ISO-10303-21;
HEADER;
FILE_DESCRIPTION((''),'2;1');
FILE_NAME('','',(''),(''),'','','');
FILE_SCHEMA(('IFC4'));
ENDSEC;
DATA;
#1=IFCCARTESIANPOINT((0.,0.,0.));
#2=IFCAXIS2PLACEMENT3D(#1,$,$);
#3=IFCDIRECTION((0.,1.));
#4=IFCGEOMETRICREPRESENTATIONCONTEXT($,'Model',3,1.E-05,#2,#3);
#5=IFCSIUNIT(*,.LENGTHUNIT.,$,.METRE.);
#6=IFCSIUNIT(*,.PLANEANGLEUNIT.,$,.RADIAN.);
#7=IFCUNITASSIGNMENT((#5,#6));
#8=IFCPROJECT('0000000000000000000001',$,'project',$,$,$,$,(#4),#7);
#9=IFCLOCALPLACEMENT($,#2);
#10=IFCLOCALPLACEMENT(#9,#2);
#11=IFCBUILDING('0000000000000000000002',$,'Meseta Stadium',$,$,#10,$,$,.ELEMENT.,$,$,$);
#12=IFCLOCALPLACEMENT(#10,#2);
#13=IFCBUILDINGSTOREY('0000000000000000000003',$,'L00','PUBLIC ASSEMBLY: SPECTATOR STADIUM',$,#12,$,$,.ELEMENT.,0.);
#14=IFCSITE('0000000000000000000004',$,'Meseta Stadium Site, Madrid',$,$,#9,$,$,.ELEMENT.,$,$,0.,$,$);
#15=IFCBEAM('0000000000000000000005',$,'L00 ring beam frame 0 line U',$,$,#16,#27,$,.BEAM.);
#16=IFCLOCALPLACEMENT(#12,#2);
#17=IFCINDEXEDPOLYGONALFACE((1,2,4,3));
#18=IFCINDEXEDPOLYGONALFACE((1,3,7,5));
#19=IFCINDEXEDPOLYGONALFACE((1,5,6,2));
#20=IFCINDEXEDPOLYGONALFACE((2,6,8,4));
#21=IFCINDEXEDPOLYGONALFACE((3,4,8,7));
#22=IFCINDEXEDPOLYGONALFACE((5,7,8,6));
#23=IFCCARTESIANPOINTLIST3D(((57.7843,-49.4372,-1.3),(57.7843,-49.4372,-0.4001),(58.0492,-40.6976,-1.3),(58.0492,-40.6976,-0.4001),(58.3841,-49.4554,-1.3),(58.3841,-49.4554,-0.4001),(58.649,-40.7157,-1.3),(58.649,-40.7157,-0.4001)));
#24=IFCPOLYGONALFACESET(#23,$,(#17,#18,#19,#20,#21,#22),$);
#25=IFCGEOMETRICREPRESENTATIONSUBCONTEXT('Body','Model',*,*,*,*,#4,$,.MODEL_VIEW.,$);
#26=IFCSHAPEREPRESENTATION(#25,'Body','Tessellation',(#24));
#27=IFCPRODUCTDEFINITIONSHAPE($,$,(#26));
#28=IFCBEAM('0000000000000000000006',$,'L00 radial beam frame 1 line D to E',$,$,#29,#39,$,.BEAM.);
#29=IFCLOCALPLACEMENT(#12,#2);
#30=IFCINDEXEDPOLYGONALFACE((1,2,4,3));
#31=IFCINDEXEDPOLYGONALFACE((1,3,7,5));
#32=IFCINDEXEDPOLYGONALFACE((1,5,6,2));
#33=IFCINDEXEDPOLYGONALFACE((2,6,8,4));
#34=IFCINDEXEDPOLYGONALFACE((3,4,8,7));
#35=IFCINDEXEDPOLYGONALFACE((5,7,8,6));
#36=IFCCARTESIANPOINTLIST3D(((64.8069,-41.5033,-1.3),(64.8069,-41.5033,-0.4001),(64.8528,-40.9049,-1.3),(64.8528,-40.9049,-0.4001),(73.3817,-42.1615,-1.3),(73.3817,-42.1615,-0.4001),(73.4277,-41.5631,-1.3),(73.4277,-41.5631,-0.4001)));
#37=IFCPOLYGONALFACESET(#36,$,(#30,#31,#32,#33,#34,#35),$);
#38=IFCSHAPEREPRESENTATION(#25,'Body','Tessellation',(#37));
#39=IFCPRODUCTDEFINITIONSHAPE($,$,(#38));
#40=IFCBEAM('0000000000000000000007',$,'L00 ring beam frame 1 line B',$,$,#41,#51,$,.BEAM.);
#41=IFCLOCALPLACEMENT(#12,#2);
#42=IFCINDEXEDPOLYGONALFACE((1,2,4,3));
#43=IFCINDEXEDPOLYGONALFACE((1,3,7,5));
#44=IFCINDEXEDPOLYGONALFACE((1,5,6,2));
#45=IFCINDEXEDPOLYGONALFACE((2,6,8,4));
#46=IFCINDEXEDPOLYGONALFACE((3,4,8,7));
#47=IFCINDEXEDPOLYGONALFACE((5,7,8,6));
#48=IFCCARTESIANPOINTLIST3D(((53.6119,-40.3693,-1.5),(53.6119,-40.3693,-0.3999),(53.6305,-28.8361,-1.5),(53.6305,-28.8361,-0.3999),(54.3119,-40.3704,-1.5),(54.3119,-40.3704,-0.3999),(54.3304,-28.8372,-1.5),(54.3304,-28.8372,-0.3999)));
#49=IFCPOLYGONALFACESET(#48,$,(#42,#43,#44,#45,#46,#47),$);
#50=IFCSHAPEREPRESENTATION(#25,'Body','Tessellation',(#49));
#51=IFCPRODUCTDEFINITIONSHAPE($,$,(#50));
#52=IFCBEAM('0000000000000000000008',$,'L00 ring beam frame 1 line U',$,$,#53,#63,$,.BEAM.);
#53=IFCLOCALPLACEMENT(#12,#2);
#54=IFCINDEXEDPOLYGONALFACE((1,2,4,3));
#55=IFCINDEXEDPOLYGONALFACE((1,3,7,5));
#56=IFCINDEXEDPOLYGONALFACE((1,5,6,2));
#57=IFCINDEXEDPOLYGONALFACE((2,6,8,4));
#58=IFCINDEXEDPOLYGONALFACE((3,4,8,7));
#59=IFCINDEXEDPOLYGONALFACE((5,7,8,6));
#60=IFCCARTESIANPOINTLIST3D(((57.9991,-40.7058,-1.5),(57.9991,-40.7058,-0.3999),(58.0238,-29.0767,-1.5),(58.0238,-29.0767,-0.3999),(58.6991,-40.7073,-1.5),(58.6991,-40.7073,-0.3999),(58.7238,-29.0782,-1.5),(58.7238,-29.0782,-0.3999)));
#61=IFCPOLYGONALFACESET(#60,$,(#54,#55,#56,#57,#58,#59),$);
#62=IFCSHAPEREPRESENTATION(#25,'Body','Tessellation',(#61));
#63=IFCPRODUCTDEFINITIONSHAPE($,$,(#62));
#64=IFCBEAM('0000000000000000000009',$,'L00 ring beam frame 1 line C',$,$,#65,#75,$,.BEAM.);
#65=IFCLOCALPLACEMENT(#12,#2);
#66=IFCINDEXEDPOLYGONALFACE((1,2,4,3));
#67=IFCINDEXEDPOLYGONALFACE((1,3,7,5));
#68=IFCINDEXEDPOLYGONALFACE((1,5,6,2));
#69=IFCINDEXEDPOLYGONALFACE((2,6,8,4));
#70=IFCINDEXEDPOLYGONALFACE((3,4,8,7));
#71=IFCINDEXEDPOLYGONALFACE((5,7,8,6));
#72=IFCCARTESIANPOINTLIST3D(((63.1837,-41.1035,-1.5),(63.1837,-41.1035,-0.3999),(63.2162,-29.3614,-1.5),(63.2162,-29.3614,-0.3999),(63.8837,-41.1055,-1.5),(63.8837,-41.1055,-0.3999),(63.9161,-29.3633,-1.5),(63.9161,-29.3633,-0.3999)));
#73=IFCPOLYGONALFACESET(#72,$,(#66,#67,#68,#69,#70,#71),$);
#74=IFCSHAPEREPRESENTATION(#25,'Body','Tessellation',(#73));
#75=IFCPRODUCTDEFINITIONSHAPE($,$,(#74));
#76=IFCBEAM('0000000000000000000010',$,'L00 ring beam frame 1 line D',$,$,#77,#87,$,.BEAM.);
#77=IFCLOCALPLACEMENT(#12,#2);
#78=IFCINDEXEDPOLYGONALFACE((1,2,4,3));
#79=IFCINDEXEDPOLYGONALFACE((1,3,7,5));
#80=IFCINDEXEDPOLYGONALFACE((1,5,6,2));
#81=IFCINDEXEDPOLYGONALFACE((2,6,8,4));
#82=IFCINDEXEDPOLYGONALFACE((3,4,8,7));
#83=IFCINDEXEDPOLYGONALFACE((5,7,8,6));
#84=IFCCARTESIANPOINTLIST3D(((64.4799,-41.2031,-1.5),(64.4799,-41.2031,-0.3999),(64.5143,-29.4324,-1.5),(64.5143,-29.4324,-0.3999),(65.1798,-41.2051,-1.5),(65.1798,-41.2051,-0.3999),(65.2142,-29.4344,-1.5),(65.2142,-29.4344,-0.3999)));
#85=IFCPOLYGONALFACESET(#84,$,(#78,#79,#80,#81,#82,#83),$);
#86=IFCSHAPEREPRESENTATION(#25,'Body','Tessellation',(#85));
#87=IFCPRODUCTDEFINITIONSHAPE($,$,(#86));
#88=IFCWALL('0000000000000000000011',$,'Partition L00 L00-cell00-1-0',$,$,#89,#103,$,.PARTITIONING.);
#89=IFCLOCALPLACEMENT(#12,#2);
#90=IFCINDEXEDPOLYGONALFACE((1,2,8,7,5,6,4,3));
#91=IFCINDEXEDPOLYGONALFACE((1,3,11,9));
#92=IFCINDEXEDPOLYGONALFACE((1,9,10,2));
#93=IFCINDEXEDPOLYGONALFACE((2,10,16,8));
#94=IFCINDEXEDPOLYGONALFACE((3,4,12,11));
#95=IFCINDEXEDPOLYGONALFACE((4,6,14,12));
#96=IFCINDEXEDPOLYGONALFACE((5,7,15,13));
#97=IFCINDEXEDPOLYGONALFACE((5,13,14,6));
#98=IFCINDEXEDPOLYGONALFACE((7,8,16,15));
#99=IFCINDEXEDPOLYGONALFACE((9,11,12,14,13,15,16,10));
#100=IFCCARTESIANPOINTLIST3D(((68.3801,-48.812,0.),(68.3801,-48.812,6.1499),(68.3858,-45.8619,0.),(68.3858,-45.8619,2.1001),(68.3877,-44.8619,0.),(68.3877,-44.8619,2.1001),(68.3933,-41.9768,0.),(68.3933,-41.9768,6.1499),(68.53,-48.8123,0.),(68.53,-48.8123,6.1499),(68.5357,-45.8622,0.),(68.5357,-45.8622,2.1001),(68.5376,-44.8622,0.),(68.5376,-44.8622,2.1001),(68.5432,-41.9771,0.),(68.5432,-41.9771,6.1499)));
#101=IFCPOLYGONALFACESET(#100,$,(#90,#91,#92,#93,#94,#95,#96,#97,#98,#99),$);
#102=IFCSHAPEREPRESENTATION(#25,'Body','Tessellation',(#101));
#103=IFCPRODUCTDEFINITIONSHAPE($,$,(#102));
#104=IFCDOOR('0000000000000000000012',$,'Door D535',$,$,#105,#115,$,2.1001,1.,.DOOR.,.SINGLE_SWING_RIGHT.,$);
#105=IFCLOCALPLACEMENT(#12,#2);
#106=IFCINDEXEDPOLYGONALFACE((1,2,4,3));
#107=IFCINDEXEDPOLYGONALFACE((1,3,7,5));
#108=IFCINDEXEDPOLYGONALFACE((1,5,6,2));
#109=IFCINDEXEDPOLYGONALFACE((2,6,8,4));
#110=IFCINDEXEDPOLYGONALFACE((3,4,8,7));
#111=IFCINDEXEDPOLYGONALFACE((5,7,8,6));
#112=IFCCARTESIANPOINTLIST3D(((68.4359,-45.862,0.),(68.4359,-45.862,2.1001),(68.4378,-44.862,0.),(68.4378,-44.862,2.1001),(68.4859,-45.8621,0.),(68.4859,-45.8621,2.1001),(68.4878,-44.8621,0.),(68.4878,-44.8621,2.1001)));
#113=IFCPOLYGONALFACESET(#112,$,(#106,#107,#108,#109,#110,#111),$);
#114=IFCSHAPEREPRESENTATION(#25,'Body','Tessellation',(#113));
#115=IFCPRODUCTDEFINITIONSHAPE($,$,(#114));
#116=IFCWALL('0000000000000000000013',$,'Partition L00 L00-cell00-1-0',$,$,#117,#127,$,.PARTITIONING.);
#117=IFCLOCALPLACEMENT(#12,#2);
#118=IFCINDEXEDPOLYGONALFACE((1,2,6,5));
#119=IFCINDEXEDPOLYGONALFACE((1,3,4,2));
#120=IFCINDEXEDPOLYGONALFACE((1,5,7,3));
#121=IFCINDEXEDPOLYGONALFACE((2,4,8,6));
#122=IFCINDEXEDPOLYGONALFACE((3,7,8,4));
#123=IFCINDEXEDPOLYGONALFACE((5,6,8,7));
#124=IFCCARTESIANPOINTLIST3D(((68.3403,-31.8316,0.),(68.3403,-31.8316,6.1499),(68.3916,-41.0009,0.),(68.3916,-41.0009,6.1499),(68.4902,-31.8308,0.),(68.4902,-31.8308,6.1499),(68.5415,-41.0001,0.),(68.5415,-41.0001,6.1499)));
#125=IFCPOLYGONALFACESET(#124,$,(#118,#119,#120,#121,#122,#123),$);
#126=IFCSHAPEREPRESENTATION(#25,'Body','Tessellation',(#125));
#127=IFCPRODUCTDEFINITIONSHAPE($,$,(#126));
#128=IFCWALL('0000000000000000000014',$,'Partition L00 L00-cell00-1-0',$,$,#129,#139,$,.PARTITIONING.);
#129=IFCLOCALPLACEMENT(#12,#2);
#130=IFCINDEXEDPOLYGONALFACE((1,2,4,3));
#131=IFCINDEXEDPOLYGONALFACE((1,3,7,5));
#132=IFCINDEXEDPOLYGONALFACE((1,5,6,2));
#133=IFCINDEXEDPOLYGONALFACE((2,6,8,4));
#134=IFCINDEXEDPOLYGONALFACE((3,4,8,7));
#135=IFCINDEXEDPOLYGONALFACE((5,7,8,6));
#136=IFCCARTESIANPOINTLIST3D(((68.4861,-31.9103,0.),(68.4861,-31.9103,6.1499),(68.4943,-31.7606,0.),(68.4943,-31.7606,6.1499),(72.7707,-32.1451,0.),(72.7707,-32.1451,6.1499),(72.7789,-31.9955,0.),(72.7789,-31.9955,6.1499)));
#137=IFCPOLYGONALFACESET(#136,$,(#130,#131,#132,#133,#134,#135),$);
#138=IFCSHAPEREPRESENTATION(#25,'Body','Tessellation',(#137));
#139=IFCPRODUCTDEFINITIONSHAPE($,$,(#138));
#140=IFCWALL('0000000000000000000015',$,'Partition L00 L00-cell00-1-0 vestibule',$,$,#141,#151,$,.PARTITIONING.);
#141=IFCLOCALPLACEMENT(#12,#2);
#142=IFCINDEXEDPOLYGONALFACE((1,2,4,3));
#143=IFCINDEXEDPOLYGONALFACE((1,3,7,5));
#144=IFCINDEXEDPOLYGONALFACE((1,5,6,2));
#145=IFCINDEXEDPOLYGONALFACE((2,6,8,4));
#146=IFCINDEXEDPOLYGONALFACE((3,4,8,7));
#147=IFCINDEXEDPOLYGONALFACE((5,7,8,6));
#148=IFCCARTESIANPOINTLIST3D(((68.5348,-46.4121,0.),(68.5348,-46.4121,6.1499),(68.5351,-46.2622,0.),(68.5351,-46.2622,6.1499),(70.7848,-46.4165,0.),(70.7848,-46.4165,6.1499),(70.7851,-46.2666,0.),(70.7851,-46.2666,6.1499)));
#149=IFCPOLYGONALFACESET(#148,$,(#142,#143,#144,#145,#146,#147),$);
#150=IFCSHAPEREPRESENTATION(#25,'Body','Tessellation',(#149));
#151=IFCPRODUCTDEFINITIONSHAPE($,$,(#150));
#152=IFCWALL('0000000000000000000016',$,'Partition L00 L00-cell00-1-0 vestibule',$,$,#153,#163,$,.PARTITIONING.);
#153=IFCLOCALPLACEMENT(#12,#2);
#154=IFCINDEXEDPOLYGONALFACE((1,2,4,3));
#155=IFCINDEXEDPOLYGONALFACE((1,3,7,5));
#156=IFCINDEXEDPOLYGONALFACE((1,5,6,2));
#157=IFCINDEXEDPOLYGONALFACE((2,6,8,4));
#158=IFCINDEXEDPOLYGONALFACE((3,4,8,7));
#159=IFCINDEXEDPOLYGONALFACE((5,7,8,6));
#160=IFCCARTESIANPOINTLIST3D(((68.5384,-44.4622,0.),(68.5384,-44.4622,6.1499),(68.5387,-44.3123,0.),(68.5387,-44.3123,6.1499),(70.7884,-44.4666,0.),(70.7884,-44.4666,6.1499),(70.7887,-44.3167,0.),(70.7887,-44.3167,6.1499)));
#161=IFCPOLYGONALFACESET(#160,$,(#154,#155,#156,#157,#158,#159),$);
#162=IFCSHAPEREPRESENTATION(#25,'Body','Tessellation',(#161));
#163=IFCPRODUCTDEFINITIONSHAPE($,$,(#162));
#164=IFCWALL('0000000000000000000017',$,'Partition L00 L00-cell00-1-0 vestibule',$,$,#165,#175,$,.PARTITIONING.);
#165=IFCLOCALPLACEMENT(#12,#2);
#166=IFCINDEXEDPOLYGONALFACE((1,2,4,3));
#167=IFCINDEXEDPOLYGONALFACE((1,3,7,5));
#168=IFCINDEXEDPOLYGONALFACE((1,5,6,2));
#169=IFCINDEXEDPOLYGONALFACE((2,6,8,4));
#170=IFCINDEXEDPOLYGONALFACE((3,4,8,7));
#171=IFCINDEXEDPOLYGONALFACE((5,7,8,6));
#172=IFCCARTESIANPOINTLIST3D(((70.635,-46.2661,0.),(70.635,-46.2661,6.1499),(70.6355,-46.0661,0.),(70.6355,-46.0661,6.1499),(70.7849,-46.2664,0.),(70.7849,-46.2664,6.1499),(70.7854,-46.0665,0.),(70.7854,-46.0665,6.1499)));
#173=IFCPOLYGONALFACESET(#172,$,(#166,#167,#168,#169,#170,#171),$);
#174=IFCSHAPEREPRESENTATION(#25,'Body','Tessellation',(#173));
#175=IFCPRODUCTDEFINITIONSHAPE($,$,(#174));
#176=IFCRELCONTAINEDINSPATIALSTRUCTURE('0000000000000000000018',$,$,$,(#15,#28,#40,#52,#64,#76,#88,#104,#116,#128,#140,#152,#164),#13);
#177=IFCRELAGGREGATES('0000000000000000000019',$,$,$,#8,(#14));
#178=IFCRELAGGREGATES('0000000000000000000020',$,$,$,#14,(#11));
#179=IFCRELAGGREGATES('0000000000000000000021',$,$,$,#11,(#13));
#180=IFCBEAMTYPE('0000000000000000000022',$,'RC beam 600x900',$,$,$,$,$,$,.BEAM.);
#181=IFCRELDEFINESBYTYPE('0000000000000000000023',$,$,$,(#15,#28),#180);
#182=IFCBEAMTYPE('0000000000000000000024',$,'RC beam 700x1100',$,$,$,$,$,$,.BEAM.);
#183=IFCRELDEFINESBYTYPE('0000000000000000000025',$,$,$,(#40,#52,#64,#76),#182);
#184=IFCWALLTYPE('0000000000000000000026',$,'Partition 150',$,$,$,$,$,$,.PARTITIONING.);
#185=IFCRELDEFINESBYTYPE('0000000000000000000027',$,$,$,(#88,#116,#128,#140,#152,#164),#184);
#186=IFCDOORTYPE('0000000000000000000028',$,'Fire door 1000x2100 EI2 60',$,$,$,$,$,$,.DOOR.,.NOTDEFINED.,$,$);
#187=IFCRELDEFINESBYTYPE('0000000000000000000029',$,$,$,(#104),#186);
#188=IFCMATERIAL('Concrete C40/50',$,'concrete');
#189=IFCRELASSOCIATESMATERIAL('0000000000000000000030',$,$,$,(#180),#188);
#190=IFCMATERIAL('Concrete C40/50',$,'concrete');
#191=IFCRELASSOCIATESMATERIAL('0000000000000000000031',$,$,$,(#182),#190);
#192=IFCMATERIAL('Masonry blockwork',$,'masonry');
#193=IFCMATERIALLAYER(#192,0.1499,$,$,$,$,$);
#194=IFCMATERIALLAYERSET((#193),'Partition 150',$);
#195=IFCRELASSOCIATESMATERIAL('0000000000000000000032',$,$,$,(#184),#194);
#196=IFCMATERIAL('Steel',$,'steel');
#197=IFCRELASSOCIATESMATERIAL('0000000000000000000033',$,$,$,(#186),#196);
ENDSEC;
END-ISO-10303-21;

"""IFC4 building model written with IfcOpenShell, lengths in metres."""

from ifc_helpers import new_model, si_unit, direction, frame, frame_2d, origin, origin_2d, place, context, subcontext, project, spatial, rectangle, extrude, material, layer, layer_set, material_profile, profile_set, type_object, element, fill, save


model = new_model("IFC4")

# Units and contexts
model_context = context("Model", 3, precision=1e-05, world=origin(), true_north=direction((0.0, 1.0)))
body_context = subcontext(model_context, "Body", "Model", "MODEL_VIEW")
ifc_project = project(units=[si_unit("LENGTHUNIT", "METRE"), si_unit("PLANEANGLEUNIT", "RADIAN")], contexts=[model_context])

# Site, building, storey
site_placement = place(None, origin())
site = spatial("IfcSite", under=ifc_project, at=site_placement, Name="Meseta Stadium Site, Madrid", CompositionType="ELEMENT", RefElevation=0.0)
building_placement = place(site_placement, origin())
building = spatial("IfcBuilding", under=site, at=building_placement, Name="Meseta Stadium", CompositionType="ELEMENT")
storey_placement = place(building_placement, origin())
storey = spatial("IfcBuildingStorey", under=building, at=storey_placement, Name="L00", Description="PUBLIC ASSEMBLY: SPECTATOR STADIUM", CompositionType="ELEMENT", Elevation=0.0)

# Beams
ifc_material_1 = material(Name="Concrete C40/50", Category="concrete")
ifc_material_profile_1 = material_profile(ifc_material_1, rectangle(XDim=0.6001, YDim=0.8999, at=origin_2d()), Name="RC 600x900")
ifc_profile_set_1 = profile_set([ifc_material_profile_1], Name="Concrete C40/50")
beam_type_1 = type_object("IfcBeamType", Name="RC beam 600x900", PredefinedType="BEAM", material=ifc_profile_set_1)
beam_1_placement = place(storey_placement, frame((58.0842, -49.4463, -0.8501), z_axis=(0.030295, 0.999541, 0.0), x_axis=(-0.999541, 0.030295, 0.0)))
element("IfcBeam", 1, at=beam_1_placement, inside=storey, type_object=beam_type_1, Name="L00 ring beam frame 0 line U", PredefinedType="BEAM", context=body_context, shape_type="SweptSolid", body=[
    extrude(rectangle(XDim=0.6001, YDim=0.8999, at=origin_2d()), origin(), (0.0, 0.0, 1.0), 8.7437),
])
beam_2_placement = place(storey_placement, frame((64.8298, -41.2041, -0.8501), z_axis=(0.997067, -0.076534, 0.0), x_axis=(0.076534, 0.997067, 0.0)))
element("IfcBeam", 2, at=beam_2_placement, inside=storey, type_object=beam_type_1, Name="L00 radial beam frame 1 line D to E", PredefinedType="BEAM", context=body_context, shape_type="SweptSolid", body=[
    extrude(rectangle(XDim=0.6001, YDim=0.8999, at=origin_2d()), origin(), (0.0, 0.0, 1.0), 8.6001),
])
ifc_material_2 = material(Name="Concrete C40/50", Category="concrete")
ifc_material_profile_2 = material_profile(ifc_material_2, rectangle(XDim=0.7, YDim=1.1001, at=origin_2d()), Name="RC 700x1100")
ifc_profile_set_2 = profile_set([ifc_material_profile_2], Name="Concrete C40/50")
beam_type_2 = type_object("IfcBeamType", Name="RC beam 700x1100", PredefinedType="BEAM", material=ifc_profile_set_2)
beam_3_placement = place(storey_placement, frame((53.9619, -40.3699, -0.95), z_axis=(0.001609, 0.999999, 0.0), x_axis=(-0.999999, 0.001609, 0.0)))
element("IfcBeam", 3, at=beam_3_placement, inside=storey, type_object=beam_type_2, Name="L00 ring beam frame 1 line B", PredefinedType="BEAM", context=body_context, shape_type="SweptSolid", body=[
    extrude(rectangle(XDim=0.7, YDim=1.1001, at=origin_2d()), origin(), (0.0, 0.0, 1.0), 11.5332),
])
beam_4_placement = place(storey_placement, frame((58.3491, -40.7065, -0.95), z_axis=(0.00212, 0.999998, 0.0), x_axis=(-0.999998, 0.00212, 0.0)))
element("IfcBeam", 4, at=beam_4_placement, inside=storey, type_object=beam_type_2, Name="L00 ring beam frame 1 line U", PredefinedType="BEAM", context=body_context, shape_type="SweptSolid", body=[
    extrude(rectangle(XDim=0.7, YDim=1.1001, at=origin_2d()), origin(), (0.0, 0.0, 1.0), 11.6292),
])
beam_5_placement = place(storey_placement, frame((63.5337, -41.1045, -0.95), z_axis=(0.002765, 0.999996, 0.0), x_axis=(-0.999996, 0.002765, 0.0)))
element("IfcBeam", 5, at=beam_5_placement, inside=storey, type_object=beam_type_2, Name="L00 ring beam frame 1 line C", PredefinedType="BEAM", context=body_context, shape_type="SweptSolid", body=[
    extrude(rectangle(XDim=0.7, YDim=1.1001, at=origin_2d()), origin(), (0.0, 0.0, 1.0), 11.7422),
])
beam_6_placement = place(storey_placement, frame((64.8298, -41.2041, -0.95), z_axis=(0.002925, 0.999996, 0.0), x_axis=(-0.999996, 0.002925, 0.0)))
element("IfcBeam", 6, at=beam_6_placement, inside=storey, type_object=beam_type_2, Name="L00 ring beam frame 1 line D", PredefinedType="BEAM", context=body_context, shape_type="SweptSolid", body=[
    extrude(rectangle(XDim=0.7, YDim=1.1001, at=origin_2d()), origin(), (0.0, 0.0, 1.0), 11.7708),
])

# Wall, opening, door
ifc_material_3 = material(Name="Masonry blockwork", Category="masonry")
ifc_layer = layer(ifc_material_3, 0.1499)
ifc_layer_set = layer_set([ifc_layer], Name="Partition 150")
wall_type = type_object("IfcWallType", Name="Partition 150", PredefinedType="PARTITIONING", material=ifc_layer_set)
wall_1_placement = place(storey_placement, frame((68.4551, -48.812, 0.0), z_axis=(0.0, 0.0, 1.0), x_axis=(0.001929, 0.999998, 0.0)))
wall_1 = element("IfcWall", 7, at=wall_1_placement, inside=storey, type_object=wall_type, Name="Partition L00 L00-cell00-1-0", PredefinedType="PARTITIONING", context=body_context, shape_type="SweptSolid", body=[
    extrude(rectangle(XDim=6.8352, YDim=0.1499, at=frame_2d((3.4175, 0.0))), origin(), (0.0, 0.0, 1.0), 6.1499),
])
opening_1_placement = place(wall_1_placement, frame((2.95, 0.0, 0.0)))
opening_1 = element("IfcOpeningElement", 8, at=opening_1_placement, cuts=wall_1, PredefinedType="OPENING", context=body_context, shape_type="SweptSolid", body=[
    extrude(rectangle(XDim=1.0, YDim=2.1001, at=frame_2d((0.5, 1.05))), frame((0.0, 0.085, 0.0), z_axis=(0.0, -1.0, 0.0), x_axis=(1.0, 0.0, 0.0)), (0.0, 0.0, 1.0), 0.1699),
])
ifc_material_4 = material(Name="Steel", Category="steel")
door_type_1 = type_object("IfcDoorType", Name="Fire door 1000x2100 EI2 60", OperationType="NOTDEFINED", PredefinedType="DOOR", material=ifc_material_4)
door_1_placement = place(opening_1_placement, origin())
door_1 = element("IfcDoor", 9, at=door_1_placement, inside=storey, type_object=door_type_1, Name="Door D535", OperationType="SINGLE_SWING_RIGHT", OverallHeight=2.1001, OverallWidth=1.0, PredefinedType="DOOR", context=body_context, shape_type="SweptSolid", body=[
    extrude(rectangle(XDim=1.0, YDim=2.1001, at=frame_2d((0.5, 1.05))), frame((0.0, 0.0249, 0.0), z_axis=(0.0, -1.0, 0.0), x_axis=(1.0, 0.0, 0.0)), (0.0, 0.0, 1.0), 0.05),
])
fill(opening_1, door_1)

# Walls
wall_2_placement = place(storey_placement, frame((68.4666, -41.0005, 0.0), z_axis=(0.0, 0.0, 1.0), x_axis=(-0.005591, 0.999984, 0.0)))
element("IfcWall", 10, at=wall_2_placement, inside=storey, type_object=wall_type, Name="Partition L00 L00-cell00-1-0", PredefinedType="PARTITIONING", context=body_context, shape_type="SweptSolid", body=[
    extrude(rectangle(XDim=9.1694, YDim=0.1499, at=frame_2d((4.5847, 0.0))), origin(), (0.0, 0.0, 1.0), 6.1499),
])
wall_3_placement = place(storey_placement, frame((68.4902, -31.8354, 0.0), z_axis=(0.0, 0.0, 1.0), x_axis=(0.998501, -0.054733, 0.0)))
element("IfcWall", 11, at=wall_3_placement, inside=storey, type_object=wall_type, Name="Partition L00 L00-cell00-1-0", PredefinedType="PARTITIONING", context=body_context, shape_type="SweptSolid", body=[
    extrude(rectangle(XDim=4.291, YDim=0.1499, at=frame_2d((2.1455, 0.0))), origin(), (0.0, 0.0, 1.0), 6.1499),
])
for number, where, z_axis, x_axis, name in (
    (12, (68.5349, -46.3372, 0.0), (0.0, 0.0, 1.0), (0.999998, -0.001953, 0.0), "Partition L00 L00-cell00-1-0 vestibule"),
    (13, (68.5386, -44.3872, 0.0), (0.0, 0.0, 1.0), (0.999998, -0.001953, 0.0), "Partition L00 L00-cell00-1-0 vestibule"),
):
    element("IfcWall", number, at=place(storey_placement, frame(where, z_axis=z_axis, x_axis=x_axis)), inside=storey, type_object=wall_type, Name=name, PredefinedType="PARTITIONING", context=body_context, shape_type="SweptSolid", body=[
        extrude(rectangle(XDim=2.25, YDim=0.1499, at=frame_2d((1.125, 0.0))), origin(), (0.0, 0.0, 1.0), 6.1499),
    ])
wall_4_placement = place(storey_placement, frame((70.71, -46.2664, 0.0), z_axis=(0.0, 0.0, 1.0), x_axis=(0.002442, 0.999997, 0.0)))
element("IfcWall", 14, at=wall_4_placement, inside=storey, type_object=wall_type, Name="Partition L00 L00-cell00-1-0 vestibule", PredefinedType="PARTITIONING", context=body_context, shape_type="SweptSolid", body=[
    extrude(rectangle(XDim=0.2, YDim=0.1499, at=frame_2d((0.1001, 0.0))), origin(), (0.0, 0.0, 1.0), 6.1499),
])

save(model, "model.ifc")
